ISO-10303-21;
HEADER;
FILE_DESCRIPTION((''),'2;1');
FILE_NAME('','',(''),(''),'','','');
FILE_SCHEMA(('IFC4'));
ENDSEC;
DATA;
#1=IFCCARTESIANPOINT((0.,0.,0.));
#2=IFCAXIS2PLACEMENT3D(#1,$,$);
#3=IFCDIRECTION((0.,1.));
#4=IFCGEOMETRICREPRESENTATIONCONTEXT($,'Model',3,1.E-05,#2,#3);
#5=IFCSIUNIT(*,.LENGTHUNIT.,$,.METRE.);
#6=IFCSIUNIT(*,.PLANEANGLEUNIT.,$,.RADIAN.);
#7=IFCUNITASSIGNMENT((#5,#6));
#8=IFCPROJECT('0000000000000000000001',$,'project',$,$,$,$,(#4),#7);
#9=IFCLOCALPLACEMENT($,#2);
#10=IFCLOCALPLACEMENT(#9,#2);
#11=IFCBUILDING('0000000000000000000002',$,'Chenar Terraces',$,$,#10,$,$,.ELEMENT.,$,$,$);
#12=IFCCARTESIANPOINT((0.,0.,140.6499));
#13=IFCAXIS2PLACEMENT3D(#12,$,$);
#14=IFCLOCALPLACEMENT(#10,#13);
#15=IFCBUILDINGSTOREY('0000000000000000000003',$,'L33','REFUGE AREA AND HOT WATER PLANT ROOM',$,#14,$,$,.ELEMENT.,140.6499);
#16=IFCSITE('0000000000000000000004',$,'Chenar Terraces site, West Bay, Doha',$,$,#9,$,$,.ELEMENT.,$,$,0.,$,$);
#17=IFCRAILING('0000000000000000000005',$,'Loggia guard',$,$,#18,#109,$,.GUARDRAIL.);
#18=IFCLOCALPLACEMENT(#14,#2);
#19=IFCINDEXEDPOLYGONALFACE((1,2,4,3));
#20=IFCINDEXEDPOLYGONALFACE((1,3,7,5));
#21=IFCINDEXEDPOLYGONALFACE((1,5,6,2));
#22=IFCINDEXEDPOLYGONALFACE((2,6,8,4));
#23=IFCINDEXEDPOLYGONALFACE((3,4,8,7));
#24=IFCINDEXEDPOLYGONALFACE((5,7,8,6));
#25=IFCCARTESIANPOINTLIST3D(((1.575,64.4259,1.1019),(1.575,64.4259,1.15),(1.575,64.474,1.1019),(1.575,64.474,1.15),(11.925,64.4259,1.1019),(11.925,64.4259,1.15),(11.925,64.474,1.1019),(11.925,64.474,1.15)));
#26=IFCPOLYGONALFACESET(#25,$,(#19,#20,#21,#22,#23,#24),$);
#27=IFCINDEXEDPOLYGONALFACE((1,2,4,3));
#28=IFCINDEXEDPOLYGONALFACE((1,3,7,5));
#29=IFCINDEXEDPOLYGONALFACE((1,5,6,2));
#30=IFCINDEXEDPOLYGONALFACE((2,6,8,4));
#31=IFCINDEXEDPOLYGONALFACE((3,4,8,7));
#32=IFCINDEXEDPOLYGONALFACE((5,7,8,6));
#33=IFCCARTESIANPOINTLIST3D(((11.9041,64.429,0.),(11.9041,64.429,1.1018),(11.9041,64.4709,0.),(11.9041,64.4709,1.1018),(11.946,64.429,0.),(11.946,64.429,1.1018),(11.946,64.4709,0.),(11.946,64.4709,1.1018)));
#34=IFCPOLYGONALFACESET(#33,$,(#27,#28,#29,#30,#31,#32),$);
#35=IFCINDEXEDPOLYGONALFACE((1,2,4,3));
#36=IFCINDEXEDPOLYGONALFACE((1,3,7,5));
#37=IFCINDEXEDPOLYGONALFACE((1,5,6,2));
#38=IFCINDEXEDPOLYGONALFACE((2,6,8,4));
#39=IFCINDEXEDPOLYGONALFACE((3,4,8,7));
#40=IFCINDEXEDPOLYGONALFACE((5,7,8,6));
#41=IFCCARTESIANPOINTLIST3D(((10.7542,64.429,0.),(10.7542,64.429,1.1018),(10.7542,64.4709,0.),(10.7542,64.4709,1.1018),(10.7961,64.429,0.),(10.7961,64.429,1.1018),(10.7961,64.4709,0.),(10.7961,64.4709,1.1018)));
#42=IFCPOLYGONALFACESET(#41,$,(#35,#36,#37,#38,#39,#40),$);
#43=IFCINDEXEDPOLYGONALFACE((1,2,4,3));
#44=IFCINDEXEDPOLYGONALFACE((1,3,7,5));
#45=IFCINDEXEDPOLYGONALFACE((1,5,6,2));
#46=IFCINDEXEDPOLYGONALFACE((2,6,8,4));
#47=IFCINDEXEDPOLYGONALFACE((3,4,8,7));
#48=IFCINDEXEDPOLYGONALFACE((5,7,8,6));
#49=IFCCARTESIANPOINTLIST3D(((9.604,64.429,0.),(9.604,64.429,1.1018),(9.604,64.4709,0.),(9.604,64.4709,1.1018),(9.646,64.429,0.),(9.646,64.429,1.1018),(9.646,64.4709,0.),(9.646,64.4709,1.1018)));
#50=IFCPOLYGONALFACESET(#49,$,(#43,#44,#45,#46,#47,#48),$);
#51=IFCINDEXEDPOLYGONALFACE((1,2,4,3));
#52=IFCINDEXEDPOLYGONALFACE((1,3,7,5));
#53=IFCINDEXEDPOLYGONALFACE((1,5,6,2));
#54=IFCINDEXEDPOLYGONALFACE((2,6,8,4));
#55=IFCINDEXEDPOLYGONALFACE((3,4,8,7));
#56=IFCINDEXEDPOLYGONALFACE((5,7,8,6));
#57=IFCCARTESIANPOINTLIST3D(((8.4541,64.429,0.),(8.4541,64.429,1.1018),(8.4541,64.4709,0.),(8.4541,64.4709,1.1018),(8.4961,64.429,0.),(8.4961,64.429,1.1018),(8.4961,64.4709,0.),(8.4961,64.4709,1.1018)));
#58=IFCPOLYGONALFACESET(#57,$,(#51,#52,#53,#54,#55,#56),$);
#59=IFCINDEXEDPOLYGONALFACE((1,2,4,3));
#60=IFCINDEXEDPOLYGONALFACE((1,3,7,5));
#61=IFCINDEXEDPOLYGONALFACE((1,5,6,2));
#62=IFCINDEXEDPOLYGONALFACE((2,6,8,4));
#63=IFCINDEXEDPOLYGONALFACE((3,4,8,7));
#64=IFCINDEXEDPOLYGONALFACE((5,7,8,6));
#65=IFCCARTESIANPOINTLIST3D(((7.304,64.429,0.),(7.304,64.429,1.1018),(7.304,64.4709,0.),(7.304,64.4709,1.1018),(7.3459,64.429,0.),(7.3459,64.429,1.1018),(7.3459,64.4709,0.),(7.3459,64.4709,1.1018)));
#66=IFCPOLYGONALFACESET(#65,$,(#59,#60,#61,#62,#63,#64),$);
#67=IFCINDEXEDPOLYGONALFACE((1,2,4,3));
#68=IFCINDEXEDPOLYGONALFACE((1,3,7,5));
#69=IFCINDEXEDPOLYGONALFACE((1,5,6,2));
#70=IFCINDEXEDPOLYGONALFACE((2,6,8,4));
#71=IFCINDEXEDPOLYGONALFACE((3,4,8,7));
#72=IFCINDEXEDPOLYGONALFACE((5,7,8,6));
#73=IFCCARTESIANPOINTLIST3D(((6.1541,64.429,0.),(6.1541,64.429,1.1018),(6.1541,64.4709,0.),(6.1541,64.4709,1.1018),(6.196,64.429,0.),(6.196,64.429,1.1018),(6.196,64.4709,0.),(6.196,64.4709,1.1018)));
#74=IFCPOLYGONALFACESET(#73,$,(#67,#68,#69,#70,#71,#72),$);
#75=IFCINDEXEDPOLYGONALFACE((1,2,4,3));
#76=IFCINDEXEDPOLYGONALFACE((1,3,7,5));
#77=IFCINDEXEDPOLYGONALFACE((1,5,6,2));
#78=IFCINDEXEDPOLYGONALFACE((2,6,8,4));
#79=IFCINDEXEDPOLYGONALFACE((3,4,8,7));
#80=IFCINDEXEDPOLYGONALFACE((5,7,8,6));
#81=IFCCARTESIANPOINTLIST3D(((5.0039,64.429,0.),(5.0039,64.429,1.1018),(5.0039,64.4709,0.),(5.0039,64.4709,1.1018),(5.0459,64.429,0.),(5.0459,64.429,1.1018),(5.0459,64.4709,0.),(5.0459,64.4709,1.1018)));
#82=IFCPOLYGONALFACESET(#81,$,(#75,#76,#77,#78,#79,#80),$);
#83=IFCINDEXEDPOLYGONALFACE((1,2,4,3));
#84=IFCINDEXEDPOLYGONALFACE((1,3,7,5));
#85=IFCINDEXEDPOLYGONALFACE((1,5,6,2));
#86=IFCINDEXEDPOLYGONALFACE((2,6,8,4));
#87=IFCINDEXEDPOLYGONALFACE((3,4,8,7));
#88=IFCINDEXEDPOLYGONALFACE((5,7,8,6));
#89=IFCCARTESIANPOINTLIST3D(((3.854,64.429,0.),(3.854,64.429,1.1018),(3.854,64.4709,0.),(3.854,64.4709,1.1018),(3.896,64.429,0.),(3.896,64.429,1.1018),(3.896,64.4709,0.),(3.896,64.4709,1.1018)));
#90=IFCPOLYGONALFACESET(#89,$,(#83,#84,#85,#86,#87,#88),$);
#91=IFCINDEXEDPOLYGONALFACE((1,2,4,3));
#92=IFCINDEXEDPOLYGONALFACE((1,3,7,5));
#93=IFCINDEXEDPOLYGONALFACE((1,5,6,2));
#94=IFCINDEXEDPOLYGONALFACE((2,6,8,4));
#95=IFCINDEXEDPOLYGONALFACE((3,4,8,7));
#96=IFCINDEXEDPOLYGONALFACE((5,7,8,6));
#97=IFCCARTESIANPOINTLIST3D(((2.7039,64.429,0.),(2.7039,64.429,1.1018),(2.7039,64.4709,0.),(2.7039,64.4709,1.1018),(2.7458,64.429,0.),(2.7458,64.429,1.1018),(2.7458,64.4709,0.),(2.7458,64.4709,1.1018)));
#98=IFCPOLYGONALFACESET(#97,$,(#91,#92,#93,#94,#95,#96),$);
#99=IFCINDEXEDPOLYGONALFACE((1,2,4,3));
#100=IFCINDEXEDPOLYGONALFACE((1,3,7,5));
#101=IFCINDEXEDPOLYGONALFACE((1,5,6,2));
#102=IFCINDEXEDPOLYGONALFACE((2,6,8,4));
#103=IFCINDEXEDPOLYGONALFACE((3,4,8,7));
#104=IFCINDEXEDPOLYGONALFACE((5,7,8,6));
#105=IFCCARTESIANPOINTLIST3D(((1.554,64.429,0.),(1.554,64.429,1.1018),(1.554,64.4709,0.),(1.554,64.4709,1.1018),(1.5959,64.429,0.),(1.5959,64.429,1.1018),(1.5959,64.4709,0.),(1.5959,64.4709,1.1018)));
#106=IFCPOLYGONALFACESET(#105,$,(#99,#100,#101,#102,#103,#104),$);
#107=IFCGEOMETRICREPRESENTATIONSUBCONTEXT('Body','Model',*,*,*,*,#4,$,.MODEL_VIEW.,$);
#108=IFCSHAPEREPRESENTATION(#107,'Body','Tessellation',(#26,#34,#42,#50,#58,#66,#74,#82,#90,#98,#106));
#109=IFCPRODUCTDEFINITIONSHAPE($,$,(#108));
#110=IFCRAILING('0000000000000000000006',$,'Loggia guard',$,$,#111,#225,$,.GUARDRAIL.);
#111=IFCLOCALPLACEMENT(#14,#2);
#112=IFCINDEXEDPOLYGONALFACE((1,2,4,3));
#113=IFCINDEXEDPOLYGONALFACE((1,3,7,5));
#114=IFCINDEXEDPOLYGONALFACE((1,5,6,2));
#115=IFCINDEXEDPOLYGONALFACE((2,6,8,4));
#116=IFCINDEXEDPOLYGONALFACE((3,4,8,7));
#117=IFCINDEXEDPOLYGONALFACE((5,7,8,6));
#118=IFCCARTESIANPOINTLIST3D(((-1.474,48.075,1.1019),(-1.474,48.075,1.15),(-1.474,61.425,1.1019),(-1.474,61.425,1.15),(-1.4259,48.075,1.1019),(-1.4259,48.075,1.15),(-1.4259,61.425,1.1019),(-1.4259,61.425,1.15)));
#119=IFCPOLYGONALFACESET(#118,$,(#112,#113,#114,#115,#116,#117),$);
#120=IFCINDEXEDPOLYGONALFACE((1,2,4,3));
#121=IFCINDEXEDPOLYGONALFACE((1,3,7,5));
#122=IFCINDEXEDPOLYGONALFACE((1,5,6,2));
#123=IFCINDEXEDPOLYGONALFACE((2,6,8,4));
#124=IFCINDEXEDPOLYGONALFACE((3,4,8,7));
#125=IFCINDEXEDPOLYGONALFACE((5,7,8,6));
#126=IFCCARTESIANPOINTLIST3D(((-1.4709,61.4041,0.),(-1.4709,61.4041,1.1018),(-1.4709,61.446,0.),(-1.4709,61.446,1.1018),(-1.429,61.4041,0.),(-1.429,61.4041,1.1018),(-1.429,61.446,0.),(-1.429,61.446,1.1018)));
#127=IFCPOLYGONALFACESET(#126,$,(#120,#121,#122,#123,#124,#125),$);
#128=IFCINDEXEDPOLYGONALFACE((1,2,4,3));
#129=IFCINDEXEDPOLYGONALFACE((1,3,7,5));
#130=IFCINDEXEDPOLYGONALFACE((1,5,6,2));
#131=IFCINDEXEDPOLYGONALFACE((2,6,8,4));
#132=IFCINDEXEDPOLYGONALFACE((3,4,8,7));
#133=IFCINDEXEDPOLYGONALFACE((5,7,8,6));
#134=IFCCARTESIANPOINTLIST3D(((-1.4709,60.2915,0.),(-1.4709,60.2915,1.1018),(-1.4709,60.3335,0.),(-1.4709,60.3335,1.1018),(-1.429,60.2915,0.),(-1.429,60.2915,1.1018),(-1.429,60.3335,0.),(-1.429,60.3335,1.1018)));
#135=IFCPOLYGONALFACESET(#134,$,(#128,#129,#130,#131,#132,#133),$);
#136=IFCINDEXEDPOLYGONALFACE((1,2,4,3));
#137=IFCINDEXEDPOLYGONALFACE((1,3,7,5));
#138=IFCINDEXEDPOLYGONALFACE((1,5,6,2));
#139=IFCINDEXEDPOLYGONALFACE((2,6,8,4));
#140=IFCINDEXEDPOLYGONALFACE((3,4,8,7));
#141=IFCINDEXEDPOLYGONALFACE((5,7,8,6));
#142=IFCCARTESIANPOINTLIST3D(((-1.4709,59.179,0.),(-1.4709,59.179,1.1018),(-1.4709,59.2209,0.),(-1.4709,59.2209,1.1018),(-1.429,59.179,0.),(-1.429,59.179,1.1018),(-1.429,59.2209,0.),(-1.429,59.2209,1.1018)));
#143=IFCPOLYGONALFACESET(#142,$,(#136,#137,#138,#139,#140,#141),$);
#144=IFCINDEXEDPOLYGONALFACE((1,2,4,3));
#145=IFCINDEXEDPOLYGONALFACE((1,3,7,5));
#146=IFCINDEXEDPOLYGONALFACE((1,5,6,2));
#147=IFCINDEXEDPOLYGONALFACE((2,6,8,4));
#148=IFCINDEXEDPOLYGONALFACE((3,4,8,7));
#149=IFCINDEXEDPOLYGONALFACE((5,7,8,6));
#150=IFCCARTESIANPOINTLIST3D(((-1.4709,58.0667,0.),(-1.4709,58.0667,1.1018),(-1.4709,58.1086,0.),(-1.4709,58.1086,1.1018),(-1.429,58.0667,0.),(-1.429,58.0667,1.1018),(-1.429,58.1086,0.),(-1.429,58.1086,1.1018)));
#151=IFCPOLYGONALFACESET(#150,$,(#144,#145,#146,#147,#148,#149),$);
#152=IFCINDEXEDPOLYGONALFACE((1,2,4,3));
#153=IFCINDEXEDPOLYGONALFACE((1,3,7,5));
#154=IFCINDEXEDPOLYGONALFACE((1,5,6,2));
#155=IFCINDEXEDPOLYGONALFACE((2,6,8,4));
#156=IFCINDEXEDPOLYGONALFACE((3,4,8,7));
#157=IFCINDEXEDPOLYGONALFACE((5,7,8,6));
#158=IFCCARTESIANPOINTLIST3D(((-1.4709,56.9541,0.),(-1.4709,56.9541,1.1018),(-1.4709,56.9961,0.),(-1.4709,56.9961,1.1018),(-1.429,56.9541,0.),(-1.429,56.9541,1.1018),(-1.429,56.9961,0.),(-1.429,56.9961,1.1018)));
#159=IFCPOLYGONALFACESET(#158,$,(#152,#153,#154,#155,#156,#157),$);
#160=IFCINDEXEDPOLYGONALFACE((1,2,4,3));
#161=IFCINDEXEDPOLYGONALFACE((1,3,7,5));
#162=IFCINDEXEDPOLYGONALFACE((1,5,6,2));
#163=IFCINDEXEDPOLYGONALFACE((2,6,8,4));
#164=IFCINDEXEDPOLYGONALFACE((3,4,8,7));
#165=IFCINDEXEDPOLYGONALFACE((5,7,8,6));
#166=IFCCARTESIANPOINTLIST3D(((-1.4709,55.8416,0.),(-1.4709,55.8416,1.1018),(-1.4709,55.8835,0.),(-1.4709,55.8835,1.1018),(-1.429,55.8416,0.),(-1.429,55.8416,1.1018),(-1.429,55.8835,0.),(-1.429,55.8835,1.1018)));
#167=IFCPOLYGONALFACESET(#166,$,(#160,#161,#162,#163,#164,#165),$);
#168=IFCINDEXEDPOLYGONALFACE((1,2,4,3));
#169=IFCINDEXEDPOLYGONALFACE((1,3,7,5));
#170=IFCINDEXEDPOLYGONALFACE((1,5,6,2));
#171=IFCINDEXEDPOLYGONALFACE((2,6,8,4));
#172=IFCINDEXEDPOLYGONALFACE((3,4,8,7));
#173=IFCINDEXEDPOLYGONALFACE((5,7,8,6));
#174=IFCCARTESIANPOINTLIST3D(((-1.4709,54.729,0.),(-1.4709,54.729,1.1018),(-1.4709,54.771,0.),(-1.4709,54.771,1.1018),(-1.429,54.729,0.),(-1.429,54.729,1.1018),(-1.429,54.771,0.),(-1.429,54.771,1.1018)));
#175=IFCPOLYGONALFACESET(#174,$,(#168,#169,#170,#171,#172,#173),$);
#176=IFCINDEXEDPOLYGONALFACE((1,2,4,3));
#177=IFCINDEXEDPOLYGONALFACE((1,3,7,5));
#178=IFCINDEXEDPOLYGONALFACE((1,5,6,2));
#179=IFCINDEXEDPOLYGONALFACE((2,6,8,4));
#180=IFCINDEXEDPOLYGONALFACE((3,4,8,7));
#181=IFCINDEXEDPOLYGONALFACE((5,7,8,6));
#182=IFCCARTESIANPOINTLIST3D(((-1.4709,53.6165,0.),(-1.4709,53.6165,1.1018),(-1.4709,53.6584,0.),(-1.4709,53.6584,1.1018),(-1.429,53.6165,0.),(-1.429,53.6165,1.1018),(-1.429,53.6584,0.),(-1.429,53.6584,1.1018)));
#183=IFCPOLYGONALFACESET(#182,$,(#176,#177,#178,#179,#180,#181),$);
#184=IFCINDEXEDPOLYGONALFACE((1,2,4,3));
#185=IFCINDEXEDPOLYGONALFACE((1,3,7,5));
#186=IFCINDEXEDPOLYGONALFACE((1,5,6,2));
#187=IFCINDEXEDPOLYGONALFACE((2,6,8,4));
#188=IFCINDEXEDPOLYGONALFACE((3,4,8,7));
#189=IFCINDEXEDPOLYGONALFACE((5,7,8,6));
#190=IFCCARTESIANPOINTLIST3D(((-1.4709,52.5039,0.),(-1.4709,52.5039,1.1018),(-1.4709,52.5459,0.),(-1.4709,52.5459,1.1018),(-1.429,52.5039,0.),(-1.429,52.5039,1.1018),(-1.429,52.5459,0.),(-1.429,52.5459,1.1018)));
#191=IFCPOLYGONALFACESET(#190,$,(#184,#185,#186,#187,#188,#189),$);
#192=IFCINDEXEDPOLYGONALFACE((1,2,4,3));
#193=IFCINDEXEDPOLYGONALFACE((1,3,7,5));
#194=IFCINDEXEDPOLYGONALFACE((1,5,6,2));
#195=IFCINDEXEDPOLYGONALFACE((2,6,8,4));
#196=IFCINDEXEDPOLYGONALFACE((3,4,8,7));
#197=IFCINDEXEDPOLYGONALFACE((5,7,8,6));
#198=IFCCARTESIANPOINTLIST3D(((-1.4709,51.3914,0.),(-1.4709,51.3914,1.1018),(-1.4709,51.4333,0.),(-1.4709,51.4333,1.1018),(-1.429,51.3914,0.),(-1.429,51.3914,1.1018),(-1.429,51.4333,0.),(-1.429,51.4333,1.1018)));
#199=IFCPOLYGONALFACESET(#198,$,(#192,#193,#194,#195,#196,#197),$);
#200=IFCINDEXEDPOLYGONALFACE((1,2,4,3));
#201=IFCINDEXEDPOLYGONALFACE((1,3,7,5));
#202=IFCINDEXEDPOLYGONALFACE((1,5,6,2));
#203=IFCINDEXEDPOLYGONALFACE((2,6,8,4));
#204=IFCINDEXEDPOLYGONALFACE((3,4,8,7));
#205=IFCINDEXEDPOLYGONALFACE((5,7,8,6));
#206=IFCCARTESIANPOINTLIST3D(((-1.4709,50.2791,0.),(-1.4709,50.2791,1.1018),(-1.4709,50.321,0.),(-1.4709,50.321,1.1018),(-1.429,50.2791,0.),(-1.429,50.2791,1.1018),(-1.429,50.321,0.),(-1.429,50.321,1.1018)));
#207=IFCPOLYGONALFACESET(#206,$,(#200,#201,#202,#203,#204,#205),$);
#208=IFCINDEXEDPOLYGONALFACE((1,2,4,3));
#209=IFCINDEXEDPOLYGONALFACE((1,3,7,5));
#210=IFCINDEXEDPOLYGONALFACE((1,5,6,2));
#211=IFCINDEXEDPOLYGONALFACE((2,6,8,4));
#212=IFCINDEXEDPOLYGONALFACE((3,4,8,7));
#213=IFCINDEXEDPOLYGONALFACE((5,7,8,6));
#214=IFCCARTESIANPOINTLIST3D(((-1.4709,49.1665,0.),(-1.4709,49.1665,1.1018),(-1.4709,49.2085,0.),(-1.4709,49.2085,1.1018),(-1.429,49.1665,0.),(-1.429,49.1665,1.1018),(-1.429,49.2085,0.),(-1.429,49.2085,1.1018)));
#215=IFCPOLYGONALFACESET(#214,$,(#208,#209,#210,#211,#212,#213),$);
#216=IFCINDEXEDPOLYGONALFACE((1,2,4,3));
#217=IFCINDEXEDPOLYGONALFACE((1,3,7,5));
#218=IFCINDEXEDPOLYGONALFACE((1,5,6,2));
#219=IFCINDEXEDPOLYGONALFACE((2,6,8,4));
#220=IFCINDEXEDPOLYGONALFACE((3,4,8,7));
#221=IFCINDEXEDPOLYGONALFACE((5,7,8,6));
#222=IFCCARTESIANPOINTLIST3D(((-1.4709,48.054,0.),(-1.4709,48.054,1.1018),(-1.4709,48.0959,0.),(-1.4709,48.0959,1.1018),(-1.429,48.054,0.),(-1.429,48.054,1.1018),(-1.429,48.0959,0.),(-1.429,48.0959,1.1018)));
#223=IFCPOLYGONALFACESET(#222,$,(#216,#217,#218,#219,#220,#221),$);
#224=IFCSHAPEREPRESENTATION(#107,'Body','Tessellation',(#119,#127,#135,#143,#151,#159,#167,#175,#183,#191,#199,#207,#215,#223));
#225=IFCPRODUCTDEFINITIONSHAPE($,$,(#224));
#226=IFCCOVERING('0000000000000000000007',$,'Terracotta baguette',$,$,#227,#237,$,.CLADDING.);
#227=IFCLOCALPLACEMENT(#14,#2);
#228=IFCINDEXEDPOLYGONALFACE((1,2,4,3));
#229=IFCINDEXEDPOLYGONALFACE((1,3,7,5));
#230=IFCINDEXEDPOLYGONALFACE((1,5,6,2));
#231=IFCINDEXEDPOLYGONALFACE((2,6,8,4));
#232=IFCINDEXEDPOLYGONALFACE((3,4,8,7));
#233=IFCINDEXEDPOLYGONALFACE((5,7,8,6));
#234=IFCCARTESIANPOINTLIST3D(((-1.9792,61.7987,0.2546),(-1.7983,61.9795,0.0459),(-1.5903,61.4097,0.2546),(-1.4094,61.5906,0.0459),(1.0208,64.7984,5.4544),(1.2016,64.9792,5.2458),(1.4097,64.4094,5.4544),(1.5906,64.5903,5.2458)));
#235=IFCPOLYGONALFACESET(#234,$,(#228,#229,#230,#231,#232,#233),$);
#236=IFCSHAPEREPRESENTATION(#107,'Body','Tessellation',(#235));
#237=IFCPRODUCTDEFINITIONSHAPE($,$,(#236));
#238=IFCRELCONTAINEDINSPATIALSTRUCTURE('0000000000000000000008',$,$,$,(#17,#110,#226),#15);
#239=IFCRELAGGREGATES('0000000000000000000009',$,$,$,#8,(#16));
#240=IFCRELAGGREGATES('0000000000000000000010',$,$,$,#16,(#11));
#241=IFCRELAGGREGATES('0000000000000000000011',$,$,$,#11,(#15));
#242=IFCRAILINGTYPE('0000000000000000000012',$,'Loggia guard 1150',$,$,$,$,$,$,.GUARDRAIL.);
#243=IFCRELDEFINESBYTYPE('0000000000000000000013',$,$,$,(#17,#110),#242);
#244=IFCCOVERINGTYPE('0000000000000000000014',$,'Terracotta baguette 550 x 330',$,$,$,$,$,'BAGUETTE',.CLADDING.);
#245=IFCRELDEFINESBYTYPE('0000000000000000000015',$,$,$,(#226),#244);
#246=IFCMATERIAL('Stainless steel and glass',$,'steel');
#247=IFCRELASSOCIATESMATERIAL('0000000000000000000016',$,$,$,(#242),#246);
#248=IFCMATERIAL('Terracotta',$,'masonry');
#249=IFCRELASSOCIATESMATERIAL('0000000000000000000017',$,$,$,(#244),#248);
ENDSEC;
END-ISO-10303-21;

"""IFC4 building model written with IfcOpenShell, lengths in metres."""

from ifc_helpers import new_model, si_unit, direction, frame, origin, origin_2d, place, context, subcontext, project, spatial, rectangle, extrude, material, material_profile, profile_set, type_object, element, save


model = new_model("IFC4")

# Units and contexts
model_context = context("Model", 3, precision=1e-05, world=origin(), true_north=direction((0.0, 1.0)))
body_context = subcontext(model_context, "Body", "Model", "MODEL_VIEW")
ifc_project = project(units=[si_unit("LENGTHUNIT", "METRE"), si_unit("PLANEANGLEUNIT", "RADIAN")], contexts=[model_context])

# Site, building, storey
site_placement = place(None, origin())
site = spatial("IfcSite", under=ifc_project, at=site_placement, Name="Chenar Terraces site, West Bay, Doha", CompositionType="ELEMENT", RefElevation=0.0)
building_placement = place(site_placement, origin())
building = spatial("IfcBuilding", under=site, at=building_placement, Name="Chenar Terraces", CompositionType="ELEMENT")
storey_placement = place(building_placement, frame((0.0, 0.0, 140.6499)))
storey = spatial("IfcBuildingStorey", under=building, at=storey_placement, Name="L33", Description="REFUGE AREA AND HOT WATER PLANT ROOM", CompositionType="ELEMENT", Elevation=140.6499)

# Railings
ifc_material_1 = material(Name="Stainless steel and glass", Category="steel")
railing_type = type_object("IfcRailingType", Name="Loggia guard 1150", PredefinedType="GUARDRAIL", material=ifc_material_1)
railing_1_placement = place(storey_placement, frame((11.925, 64.45, 0.0)))
element("IfcRailing", 1, at=railing_1_placement, inside=storey, type_object=railing_type, Name="Loggia guard", PredefinedType="GUARDRAIL", context=body_context, shape_type="SweptSolid", body=[
    extrude(rectangle(XDim=0.0481, YDim=0.0481, at=origin_2d()), frame((0.0, 0.0, 1.126), z_axis=(-1.0, 0.0, 0.0), x_axis=(0.0, -1.0, 0.0)), (0.0, 0.0, 1.0), 10.3501),
    extrude(rectangle(XDim=0.042, YDim=0.042, at=origin_2d()), origin(), (0.0, 0.0, 1.0), 1.1018),
    extrude(rectangle(XDim=0.042, YDim=0.042, at=origin_2d()), frame((-1.1499, 0.0, 0.0)), (0.0, 0.0, 1.0), 1.1018),
    extrude(rectangle(XDim=0.042, YDim=0.042, at=origin_2d()), frame((-2.3, 0.0, 0.0)), (0.0, 0.0, 1.0), 1.1018),
    extrude(rectangle(XDim=0.042, YDim=0.042, at=origin_2d()), frame((-3.45, 0.0, 0.0)), (0.0, 0.0, 1.0), 1.1018),
    extrude(rectangle(XDim=0.042, YDim=0.042, at=origin_2d()), frame((-4.6001, 0.0, 0.0)), (0.0, 0.0, 1.0), 1.1018),
    extrude(rectangle(XDim=0.042, YDim=0.042, at=origin_2d()), frame((-5.75, 0.0, 0.0)), (0.0, 0.0, 1.0), 1.1018),
    extrude(rectangle(XDim=0.042, YDim=0.042, at=origin_2d()), frame((-6.9001, 0.0, 0.0)), (0.0, 0.0, 1.0), 1.1018),
    extrude(rectangle(XDim=0.042, YDim=0.042, at=origin_2d()), frame((-8.05, 0.0, 0.0)), (0.0, 0.0, 1.0), 1.1018),
    extrude(rectangle(XDim=0.042, YDim=0.042, at=origin_2d()), frame((-9.2002, 0.0, 0.0)), (0.0, 0.0, 1.0), 1.1018),
    extrude(rectangle(XDim=0.042, YDim=0.042, at=origin_2d()), frame((-10.3501, 0.0, 0.0)), (0.0, 0.0, 1.0), 1.1018),
])
railing_2_placement = place(storey_placement, frame((-1.45, 61.425, 0.0)))
element("IfcRailing", 2, at=railing_2_placement, inside=storey, type_object=railing_type, Name="Loggia guard", PredefinedType="GUARDRAIL", context=body_context, shape_type="SweptSolid", body=[
    extrude(rectangle(XDim=0.0481, YDim=0.0481, at=origin_2d()), frame((0.0, 0.0, 1.126), z_axis=(0.0, -1.0, 0.0), x_axis=(1.0, 0.0, 0.0)), (0.0, 0.0, 1.0), 13.3501),
    extrude(rectangle(XDim=0.042, YDim=0.042, at=origin_2d()), origin(), (0.0, 0.0, 1.0), 1.1018),
    extrude(rectangle(XDim=0.042, YDim=0.042, at=origin_2d()), frame((0.0, -1.1125, 0.0)), (0.0, 0.0, 1.0), 1.1018),
    extrude(rectangle(XDim=0.042, YDim=0.042, at=origin_2d()), frame((0.0, -2.2251, 0.0)), (0.0, 0.0, 1.0), 1.1018),
    extrude(rectangle(XDim=0.042, YDim=0.042, at=origin_2d()), frame((0.0, -3.3374, 0.0)), (0.0, 0.0, 1.0), 1.1018),
    extrude(rectangle(XDim=0.042, YDim=0.042, at=origin_2d()), frame((0.0, -4.45, 0.0)), (0.0, 0.0, 1.0), 1.1018),
    extrude(rectangle(XDim=0.042, YDim=0.042, at=origin_2d()), frame((0.0, -5.5625, 0.0)), (0.0, 0.0, 1.0), 1.1018),
    extrude(rectangle(XDim=0.042, YDim=0.042, at=origin_2d()), frame((0.0, -6.675, 0.0)), (0.0, 0.0, 1.0), 1.1018),
    extrude(rectangle(XDim=0.042, YDim=0.042, at=origin_2d()), frame((0.0, -7.7876, 0.0)), (0.0, 0.0, 1.0), 1.1018),
    extrude(rectangle(XDim=0.042, YDim=0.042, at=origin_2d()), frame((0.0, -8.9001, 0.0)), (0.0, 0.0, 1.0), 1.1018),
    extrude(rectangle(XDim=0.042, YDim=0.042, at=origin_2d()), frame((0.0, -10.0127, 0.0)), (0.0, 0.0, 1.0), 1.1018),
    extrude(rectangle(XDim=0.042, YDim=0.042, at=origin_2d()), frame((0.0, -11.125, 0.0)), (0.0, 0.0, 1.0), 1.1018),
    extrude(rectangle(XDim=0.042, YDim=0.042, at=origin_2d()), frame((0.0, -12.2375, 0.0)), (0.0, 0.0, 1.0), 1.1018),
    extrude(rectangle(XDim=0.042, YDim=0.042, at=origin_2d()), frame((0.0, -13.3501, 0.0)), (0.0, 0.0, 1.0), 1.1018),
])

# Covering
ifc_material_2 = material(Name="Terracotta", Category="masonry")
ifc_material_profile_1 = material_profile(ifc_material_2, rectangle(XDim=0.55, YDim=0.3301, at=origin_2d()), Name="Terracotta baguette 550 x 330")
ifc_profile_set_1 = profile_set([ifc_material_profile_1], Name="Terracotta")
covering_type = type_object("IfcCoveringType", Name="Terracotta baguette 550 x 330", ElementType="BAGUETTE", PredefinedType="CLADDING", material=ifc_profile_set_1)
covering_placement = place(storey_placement, frame((1.3057, 64.6943, 5.3501), z_axis=(-0.447025, -0.446988, -0.774836), x_axis=(0.707078, -0.707136, 0.0)))
element("IfcCovering", 3, at=covering_placement, inside=storey, type_object=covering_type, Name="Terracotta baguette", PredefinedType="CLADDING", context=body_context, shape_type="SweptSolid", body=[
    extrude(rectangle(XDim=0.55, YDim=0.3301, at=origin_2d()), origin(), (0.0, 0.0, 1.0), 6.7109),
])

save(model, "model.ifc")
